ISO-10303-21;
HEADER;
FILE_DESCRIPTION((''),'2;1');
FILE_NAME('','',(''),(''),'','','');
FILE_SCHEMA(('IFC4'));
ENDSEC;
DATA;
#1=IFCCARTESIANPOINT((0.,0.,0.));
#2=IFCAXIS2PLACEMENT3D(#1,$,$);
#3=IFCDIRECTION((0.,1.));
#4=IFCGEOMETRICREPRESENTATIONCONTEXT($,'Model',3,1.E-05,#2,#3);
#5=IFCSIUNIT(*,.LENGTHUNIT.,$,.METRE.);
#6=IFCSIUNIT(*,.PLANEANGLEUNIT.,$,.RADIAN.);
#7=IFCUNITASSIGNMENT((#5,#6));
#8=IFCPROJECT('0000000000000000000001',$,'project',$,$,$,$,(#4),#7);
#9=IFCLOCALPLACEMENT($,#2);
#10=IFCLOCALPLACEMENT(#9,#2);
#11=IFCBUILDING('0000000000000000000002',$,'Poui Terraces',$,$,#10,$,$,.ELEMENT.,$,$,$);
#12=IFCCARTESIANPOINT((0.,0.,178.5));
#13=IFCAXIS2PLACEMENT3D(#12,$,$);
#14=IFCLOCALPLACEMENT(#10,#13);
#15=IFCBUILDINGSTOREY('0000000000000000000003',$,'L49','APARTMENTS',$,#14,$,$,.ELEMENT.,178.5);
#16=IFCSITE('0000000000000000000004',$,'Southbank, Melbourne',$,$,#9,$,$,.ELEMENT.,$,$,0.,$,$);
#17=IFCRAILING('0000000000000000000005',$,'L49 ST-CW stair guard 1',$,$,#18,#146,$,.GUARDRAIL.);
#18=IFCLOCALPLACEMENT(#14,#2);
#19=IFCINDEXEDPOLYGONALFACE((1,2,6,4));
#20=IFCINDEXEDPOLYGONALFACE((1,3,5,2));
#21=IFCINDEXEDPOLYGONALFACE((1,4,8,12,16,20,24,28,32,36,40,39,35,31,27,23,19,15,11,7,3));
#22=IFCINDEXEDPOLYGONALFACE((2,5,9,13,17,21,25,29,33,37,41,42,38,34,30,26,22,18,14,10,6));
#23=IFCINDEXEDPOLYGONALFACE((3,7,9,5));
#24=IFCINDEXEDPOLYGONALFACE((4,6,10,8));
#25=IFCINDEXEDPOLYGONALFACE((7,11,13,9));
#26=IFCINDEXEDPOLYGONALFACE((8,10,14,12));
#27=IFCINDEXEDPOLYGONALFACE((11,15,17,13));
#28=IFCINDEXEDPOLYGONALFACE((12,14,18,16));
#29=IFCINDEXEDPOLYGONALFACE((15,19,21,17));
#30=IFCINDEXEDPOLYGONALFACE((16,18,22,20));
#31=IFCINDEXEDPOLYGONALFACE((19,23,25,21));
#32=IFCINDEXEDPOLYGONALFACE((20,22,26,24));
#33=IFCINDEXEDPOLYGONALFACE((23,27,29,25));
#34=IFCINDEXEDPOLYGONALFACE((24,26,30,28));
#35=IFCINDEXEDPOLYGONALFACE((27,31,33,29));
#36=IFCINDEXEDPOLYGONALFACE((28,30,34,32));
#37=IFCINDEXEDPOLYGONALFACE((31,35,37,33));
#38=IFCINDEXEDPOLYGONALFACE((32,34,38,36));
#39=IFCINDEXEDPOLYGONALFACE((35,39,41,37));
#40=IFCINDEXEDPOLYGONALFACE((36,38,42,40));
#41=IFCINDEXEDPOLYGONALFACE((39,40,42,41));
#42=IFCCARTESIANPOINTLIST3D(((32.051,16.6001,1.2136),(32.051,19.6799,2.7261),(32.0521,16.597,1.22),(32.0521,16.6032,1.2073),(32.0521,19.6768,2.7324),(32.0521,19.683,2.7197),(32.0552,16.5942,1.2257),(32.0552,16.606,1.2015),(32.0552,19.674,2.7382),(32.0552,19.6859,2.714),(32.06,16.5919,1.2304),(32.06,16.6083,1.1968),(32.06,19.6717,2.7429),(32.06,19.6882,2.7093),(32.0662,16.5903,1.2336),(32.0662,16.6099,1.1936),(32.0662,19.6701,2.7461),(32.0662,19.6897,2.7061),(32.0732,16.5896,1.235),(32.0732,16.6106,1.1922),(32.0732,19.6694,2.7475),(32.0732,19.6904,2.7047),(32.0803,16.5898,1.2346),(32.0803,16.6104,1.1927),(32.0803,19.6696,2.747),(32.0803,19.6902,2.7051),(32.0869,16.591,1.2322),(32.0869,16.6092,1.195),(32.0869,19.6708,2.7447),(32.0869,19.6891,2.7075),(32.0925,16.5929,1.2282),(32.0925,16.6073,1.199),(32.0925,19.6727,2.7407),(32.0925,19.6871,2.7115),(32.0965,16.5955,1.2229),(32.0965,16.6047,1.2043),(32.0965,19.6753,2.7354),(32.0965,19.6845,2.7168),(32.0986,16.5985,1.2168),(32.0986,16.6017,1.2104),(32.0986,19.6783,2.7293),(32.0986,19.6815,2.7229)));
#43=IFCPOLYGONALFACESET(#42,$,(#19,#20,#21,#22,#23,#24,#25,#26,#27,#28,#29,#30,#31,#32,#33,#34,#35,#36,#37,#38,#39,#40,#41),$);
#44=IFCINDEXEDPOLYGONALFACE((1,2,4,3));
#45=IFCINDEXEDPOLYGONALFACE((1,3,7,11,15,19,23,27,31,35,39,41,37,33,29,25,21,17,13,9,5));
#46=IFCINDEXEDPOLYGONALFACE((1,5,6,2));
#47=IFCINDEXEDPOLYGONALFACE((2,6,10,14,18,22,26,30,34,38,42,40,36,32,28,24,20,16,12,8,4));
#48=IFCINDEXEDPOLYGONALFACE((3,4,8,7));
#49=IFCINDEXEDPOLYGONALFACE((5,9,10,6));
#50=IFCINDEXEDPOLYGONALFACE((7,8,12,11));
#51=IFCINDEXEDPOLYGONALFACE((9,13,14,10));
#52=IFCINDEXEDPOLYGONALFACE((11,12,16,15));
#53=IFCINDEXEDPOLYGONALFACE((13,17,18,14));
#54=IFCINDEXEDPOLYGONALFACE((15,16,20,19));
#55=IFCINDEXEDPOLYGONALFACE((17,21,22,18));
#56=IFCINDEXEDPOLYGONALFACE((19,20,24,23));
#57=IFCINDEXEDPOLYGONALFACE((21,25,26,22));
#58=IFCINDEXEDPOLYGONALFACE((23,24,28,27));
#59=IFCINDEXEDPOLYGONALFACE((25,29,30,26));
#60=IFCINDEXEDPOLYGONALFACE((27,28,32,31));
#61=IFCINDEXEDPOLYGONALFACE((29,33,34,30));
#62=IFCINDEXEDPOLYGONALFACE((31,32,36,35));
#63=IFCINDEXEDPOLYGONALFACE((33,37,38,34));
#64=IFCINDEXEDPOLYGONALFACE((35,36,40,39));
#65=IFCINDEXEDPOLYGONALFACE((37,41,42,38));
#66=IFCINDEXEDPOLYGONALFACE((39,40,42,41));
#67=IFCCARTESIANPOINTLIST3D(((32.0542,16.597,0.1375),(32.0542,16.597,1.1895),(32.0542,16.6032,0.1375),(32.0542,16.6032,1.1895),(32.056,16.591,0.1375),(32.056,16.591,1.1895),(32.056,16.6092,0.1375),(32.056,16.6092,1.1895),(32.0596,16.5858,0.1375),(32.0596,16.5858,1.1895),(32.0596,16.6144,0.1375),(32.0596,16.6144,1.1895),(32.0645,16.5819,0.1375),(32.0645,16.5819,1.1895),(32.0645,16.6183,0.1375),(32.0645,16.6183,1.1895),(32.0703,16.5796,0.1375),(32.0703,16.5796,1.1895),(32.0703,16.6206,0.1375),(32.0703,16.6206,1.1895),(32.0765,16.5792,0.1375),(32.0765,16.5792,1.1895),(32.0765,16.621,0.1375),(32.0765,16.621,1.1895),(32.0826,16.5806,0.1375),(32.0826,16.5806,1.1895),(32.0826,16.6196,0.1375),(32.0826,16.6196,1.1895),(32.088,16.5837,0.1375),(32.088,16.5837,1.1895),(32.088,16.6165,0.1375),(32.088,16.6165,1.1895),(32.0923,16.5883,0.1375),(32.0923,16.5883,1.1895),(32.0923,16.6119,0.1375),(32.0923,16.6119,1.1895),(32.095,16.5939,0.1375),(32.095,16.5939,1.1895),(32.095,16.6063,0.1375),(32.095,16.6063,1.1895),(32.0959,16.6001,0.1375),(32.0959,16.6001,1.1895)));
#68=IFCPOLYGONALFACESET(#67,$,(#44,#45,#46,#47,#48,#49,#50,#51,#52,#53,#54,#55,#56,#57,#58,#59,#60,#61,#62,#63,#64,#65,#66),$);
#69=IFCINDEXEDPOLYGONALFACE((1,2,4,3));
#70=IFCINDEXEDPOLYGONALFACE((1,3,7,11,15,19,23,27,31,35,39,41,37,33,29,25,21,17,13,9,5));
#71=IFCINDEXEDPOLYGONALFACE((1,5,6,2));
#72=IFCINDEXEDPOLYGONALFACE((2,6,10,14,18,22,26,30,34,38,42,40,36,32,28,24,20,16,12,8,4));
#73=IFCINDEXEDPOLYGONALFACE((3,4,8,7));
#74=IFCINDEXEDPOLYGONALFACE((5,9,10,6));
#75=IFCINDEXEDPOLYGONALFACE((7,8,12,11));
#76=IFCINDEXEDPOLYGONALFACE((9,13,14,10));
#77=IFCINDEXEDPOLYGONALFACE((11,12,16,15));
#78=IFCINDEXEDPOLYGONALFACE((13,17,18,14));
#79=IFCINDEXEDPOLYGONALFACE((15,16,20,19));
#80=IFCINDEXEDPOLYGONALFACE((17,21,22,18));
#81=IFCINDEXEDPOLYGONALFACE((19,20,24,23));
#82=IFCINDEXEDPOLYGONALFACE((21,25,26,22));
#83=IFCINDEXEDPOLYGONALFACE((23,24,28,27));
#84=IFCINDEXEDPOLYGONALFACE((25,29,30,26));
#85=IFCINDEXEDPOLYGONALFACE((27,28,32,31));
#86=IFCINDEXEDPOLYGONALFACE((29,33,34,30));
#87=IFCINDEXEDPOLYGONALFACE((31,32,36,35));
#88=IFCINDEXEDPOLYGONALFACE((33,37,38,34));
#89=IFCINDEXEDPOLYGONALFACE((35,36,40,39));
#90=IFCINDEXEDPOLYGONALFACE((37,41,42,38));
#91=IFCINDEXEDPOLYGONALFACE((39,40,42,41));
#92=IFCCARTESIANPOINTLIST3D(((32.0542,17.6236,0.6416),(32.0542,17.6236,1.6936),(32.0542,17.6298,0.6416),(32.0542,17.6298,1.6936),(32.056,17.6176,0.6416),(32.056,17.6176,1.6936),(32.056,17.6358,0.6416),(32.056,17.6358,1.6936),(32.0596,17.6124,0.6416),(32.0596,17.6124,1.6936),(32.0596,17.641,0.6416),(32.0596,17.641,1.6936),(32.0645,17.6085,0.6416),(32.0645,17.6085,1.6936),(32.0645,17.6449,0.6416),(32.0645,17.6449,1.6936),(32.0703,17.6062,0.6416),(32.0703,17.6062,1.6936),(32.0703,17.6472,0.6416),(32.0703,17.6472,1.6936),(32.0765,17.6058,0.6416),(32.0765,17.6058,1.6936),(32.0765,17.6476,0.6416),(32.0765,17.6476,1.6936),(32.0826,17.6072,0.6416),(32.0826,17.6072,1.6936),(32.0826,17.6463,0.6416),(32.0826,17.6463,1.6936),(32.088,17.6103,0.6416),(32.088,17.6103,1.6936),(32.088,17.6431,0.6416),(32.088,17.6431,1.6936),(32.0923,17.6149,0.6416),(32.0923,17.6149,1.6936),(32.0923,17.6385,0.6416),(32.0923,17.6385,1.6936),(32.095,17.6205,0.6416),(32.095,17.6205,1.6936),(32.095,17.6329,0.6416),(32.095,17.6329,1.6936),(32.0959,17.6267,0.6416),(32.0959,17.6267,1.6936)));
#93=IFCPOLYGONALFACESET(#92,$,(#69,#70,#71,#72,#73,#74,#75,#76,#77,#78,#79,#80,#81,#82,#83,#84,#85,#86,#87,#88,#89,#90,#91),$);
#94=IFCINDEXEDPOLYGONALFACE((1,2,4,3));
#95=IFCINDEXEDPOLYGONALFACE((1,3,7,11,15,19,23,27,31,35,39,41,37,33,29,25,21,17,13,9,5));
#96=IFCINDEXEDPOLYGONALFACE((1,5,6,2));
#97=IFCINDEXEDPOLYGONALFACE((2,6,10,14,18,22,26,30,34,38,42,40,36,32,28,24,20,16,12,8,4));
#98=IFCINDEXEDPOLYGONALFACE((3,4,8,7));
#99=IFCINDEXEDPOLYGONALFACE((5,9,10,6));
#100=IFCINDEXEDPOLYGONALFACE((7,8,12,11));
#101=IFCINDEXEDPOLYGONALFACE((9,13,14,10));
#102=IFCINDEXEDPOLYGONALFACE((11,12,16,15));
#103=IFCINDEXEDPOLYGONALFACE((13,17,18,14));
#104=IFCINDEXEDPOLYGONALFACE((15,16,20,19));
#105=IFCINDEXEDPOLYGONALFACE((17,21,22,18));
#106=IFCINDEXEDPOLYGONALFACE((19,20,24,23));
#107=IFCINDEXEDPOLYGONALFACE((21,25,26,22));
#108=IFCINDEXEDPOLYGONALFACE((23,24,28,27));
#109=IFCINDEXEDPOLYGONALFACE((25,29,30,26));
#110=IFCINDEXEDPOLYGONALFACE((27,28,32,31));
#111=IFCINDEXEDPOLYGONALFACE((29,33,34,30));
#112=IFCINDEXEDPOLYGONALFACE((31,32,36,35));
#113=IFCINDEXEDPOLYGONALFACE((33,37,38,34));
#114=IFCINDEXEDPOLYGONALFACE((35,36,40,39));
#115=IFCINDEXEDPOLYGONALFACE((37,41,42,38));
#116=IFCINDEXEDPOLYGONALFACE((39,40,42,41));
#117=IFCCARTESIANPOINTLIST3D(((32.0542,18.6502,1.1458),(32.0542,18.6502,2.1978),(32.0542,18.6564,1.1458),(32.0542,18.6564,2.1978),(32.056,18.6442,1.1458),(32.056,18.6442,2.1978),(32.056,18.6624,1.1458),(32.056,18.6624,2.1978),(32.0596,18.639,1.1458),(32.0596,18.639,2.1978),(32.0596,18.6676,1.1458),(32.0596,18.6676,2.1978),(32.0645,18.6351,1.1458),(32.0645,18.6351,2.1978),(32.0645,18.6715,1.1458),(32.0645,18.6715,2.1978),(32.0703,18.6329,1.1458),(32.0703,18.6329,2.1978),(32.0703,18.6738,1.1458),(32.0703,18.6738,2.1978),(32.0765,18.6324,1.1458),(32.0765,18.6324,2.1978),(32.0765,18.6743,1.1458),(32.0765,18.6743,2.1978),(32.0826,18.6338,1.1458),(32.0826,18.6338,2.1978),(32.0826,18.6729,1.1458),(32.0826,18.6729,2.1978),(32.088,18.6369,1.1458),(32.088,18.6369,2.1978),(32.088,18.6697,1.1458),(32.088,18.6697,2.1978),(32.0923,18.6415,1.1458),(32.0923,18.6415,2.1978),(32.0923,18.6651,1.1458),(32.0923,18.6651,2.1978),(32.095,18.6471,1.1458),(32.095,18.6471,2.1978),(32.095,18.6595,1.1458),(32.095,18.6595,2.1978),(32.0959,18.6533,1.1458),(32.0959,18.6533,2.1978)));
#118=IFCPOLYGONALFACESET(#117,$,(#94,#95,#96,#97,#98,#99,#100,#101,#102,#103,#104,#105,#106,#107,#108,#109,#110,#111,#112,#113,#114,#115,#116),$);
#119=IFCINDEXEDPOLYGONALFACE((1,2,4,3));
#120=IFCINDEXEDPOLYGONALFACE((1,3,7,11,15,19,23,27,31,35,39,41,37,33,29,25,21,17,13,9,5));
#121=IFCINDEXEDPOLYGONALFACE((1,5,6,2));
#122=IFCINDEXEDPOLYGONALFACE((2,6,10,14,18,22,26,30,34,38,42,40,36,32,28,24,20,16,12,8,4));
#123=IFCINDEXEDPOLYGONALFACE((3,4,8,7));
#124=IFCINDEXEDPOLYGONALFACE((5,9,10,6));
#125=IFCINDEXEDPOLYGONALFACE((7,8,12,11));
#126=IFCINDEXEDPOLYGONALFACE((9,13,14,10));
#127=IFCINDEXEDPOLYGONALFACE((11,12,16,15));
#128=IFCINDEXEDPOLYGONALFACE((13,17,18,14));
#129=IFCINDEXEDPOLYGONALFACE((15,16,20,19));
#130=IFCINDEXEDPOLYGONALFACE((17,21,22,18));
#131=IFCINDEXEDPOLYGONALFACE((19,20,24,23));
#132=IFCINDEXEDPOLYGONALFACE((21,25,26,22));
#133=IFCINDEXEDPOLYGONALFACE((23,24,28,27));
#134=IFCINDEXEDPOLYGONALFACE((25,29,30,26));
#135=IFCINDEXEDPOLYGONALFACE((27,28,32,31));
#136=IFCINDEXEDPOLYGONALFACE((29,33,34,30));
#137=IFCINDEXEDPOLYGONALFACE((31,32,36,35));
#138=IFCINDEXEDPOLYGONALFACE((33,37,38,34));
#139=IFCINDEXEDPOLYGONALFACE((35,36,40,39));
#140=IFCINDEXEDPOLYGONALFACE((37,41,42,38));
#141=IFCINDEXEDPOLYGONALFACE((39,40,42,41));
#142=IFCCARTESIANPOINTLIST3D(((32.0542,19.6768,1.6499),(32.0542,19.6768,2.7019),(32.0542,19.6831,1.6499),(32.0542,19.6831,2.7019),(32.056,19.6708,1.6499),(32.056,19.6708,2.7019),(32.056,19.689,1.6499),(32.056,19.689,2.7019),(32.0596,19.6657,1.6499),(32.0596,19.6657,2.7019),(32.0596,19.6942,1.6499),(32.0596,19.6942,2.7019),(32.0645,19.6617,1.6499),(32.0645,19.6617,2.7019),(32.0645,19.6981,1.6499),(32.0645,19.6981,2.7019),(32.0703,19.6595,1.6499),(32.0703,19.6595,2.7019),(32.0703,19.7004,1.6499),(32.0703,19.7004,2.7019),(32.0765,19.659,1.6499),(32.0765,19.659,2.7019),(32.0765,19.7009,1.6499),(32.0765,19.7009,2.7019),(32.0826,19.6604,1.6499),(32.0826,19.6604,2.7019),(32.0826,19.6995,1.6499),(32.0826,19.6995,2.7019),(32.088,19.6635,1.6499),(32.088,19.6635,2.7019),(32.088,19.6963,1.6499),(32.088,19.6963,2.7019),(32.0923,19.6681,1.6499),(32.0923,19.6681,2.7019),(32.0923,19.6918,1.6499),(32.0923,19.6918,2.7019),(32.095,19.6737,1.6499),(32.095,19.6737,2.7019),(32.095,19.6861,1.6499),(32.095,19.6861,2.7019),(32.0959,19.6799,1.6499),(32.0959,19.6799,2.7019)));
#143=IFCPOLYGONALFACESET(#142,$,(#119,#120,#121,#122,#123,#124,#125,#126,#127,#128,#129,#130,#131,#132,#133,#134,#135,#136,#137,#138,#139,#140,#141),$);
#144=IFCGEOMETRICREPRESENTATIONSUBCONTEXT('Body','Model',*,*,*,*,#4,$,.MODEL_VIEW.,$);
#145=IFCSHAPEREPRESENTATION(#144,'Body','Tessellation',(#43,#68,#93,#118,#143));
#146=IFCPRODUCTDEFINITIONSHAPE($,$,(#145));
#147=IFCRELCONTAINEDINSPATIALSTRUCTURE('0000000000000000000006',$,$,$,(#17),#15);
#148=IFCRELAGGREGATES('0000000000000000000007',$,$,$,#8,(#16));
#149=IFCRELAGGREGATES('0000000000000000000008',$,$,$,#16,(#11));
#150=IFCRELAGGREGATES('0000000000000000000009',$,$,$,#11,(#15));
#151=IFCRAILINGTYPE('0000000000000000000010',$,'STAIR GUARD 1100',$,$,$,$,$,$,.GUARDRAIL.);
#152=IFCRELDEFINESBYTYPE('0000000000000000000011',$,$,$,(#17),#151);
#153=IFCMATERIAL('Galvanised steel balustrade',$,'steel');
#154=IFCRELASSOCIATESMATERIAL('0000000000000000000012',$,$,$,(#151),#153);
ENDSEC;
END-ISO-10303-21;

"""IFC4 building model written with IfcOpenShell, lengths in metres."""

from ifc_helpers import new_model, si_unit, direction, frame, origin, origin_2d, place, context, subcontext, project, spatial, circle, extrude, material, type_object, element, save


model = new_model("IFC4")

# Units and contexts
model_context = context("Model", 3, precision=1e-05, world=origin(), true_north=direction((0.0, 1.0)))
body_context = subcontext(model_context, "Body", "Model", "MODEL_VIEW")
ifc_project = project(units=[si_unit("LENGTHUNIT", "METRE"), si_unit("PLANEANGLEUNIT", "RADIAN")], contexts=[model_context])

# Site, building, storey
site_placement = place(None, origin())
site = spatial("IfcSite", under=ifc_project, at=site_placement, Name="Southbank, Melbourne", CompositionType="ELEMENT", RefElevation=0.0)
building_placement = place(site_placement, origin())
building = spatial("IfcBuilding", under=site, at=building_placement, Name="Poui Terraces", CompositionType="ELEMENT")
storey_placement = place(building_placement, frame((0.0, 0.0, 178.5)))
storey = spatial("IfcBuildingStorey", under=building, at=storey_placement, Name="L49", Description="APARTMENTS", CompositionType="ELEMENT", Elevation=178.5)

# Railing
ifc_material_1 = material(Name="Galvanised steel balustrade", Category="steel")
railing_type_1 = type_object("IfcRailingType", Name="STAIR GUARD 1100", PredefinedType="GUARDRAIL", material=ifc_material_1)
railing_1_placement = place(storey_placement, frame((32.075, 16.6001, 0.1375)))
element("IfcRailing", 1, at=railing_1_placement, inside=storey, type_object=railing_type_1, Name="L49 ST-CW stair guard 1", PredefinedType="GUARDRAIL", context=body_context, shape_type="SweptSolid", body=[
    extrude(circle(Radius=0.0239, at=origin_2d()), frame((0.0, 0.0, 1.0762), z_axis=(0.0, 0.897606, 0.440798), x_axis=(-1.0, 0.0, 0.0)), (0.0, 0.0, 1.0), 3.4312),
    extrude(circle(Radius=0.021, at=origin_2d()), origin(), (0.0, 0.0, 1.0), 1.052),
    extrude(circle(Radius=0.021, at=origin_2d()), frame((0.0, 1.0266, 0.5042)), (0.0, 0.0, 1.0), 1.052),
    extrude(circle(Radius=0.021, at=origin_2d()), frame((0.0, 2.0532, 1.0083)), (0.0, 0.0, 1.0), 1.052),
    extrude(circle(Radius=0.021, at=origin_2d()), frame((0.0, 3.0798, 1.5125)), (0.0, 0.0, 1.0), 1.052),
])

save(model, "model.ifc")
